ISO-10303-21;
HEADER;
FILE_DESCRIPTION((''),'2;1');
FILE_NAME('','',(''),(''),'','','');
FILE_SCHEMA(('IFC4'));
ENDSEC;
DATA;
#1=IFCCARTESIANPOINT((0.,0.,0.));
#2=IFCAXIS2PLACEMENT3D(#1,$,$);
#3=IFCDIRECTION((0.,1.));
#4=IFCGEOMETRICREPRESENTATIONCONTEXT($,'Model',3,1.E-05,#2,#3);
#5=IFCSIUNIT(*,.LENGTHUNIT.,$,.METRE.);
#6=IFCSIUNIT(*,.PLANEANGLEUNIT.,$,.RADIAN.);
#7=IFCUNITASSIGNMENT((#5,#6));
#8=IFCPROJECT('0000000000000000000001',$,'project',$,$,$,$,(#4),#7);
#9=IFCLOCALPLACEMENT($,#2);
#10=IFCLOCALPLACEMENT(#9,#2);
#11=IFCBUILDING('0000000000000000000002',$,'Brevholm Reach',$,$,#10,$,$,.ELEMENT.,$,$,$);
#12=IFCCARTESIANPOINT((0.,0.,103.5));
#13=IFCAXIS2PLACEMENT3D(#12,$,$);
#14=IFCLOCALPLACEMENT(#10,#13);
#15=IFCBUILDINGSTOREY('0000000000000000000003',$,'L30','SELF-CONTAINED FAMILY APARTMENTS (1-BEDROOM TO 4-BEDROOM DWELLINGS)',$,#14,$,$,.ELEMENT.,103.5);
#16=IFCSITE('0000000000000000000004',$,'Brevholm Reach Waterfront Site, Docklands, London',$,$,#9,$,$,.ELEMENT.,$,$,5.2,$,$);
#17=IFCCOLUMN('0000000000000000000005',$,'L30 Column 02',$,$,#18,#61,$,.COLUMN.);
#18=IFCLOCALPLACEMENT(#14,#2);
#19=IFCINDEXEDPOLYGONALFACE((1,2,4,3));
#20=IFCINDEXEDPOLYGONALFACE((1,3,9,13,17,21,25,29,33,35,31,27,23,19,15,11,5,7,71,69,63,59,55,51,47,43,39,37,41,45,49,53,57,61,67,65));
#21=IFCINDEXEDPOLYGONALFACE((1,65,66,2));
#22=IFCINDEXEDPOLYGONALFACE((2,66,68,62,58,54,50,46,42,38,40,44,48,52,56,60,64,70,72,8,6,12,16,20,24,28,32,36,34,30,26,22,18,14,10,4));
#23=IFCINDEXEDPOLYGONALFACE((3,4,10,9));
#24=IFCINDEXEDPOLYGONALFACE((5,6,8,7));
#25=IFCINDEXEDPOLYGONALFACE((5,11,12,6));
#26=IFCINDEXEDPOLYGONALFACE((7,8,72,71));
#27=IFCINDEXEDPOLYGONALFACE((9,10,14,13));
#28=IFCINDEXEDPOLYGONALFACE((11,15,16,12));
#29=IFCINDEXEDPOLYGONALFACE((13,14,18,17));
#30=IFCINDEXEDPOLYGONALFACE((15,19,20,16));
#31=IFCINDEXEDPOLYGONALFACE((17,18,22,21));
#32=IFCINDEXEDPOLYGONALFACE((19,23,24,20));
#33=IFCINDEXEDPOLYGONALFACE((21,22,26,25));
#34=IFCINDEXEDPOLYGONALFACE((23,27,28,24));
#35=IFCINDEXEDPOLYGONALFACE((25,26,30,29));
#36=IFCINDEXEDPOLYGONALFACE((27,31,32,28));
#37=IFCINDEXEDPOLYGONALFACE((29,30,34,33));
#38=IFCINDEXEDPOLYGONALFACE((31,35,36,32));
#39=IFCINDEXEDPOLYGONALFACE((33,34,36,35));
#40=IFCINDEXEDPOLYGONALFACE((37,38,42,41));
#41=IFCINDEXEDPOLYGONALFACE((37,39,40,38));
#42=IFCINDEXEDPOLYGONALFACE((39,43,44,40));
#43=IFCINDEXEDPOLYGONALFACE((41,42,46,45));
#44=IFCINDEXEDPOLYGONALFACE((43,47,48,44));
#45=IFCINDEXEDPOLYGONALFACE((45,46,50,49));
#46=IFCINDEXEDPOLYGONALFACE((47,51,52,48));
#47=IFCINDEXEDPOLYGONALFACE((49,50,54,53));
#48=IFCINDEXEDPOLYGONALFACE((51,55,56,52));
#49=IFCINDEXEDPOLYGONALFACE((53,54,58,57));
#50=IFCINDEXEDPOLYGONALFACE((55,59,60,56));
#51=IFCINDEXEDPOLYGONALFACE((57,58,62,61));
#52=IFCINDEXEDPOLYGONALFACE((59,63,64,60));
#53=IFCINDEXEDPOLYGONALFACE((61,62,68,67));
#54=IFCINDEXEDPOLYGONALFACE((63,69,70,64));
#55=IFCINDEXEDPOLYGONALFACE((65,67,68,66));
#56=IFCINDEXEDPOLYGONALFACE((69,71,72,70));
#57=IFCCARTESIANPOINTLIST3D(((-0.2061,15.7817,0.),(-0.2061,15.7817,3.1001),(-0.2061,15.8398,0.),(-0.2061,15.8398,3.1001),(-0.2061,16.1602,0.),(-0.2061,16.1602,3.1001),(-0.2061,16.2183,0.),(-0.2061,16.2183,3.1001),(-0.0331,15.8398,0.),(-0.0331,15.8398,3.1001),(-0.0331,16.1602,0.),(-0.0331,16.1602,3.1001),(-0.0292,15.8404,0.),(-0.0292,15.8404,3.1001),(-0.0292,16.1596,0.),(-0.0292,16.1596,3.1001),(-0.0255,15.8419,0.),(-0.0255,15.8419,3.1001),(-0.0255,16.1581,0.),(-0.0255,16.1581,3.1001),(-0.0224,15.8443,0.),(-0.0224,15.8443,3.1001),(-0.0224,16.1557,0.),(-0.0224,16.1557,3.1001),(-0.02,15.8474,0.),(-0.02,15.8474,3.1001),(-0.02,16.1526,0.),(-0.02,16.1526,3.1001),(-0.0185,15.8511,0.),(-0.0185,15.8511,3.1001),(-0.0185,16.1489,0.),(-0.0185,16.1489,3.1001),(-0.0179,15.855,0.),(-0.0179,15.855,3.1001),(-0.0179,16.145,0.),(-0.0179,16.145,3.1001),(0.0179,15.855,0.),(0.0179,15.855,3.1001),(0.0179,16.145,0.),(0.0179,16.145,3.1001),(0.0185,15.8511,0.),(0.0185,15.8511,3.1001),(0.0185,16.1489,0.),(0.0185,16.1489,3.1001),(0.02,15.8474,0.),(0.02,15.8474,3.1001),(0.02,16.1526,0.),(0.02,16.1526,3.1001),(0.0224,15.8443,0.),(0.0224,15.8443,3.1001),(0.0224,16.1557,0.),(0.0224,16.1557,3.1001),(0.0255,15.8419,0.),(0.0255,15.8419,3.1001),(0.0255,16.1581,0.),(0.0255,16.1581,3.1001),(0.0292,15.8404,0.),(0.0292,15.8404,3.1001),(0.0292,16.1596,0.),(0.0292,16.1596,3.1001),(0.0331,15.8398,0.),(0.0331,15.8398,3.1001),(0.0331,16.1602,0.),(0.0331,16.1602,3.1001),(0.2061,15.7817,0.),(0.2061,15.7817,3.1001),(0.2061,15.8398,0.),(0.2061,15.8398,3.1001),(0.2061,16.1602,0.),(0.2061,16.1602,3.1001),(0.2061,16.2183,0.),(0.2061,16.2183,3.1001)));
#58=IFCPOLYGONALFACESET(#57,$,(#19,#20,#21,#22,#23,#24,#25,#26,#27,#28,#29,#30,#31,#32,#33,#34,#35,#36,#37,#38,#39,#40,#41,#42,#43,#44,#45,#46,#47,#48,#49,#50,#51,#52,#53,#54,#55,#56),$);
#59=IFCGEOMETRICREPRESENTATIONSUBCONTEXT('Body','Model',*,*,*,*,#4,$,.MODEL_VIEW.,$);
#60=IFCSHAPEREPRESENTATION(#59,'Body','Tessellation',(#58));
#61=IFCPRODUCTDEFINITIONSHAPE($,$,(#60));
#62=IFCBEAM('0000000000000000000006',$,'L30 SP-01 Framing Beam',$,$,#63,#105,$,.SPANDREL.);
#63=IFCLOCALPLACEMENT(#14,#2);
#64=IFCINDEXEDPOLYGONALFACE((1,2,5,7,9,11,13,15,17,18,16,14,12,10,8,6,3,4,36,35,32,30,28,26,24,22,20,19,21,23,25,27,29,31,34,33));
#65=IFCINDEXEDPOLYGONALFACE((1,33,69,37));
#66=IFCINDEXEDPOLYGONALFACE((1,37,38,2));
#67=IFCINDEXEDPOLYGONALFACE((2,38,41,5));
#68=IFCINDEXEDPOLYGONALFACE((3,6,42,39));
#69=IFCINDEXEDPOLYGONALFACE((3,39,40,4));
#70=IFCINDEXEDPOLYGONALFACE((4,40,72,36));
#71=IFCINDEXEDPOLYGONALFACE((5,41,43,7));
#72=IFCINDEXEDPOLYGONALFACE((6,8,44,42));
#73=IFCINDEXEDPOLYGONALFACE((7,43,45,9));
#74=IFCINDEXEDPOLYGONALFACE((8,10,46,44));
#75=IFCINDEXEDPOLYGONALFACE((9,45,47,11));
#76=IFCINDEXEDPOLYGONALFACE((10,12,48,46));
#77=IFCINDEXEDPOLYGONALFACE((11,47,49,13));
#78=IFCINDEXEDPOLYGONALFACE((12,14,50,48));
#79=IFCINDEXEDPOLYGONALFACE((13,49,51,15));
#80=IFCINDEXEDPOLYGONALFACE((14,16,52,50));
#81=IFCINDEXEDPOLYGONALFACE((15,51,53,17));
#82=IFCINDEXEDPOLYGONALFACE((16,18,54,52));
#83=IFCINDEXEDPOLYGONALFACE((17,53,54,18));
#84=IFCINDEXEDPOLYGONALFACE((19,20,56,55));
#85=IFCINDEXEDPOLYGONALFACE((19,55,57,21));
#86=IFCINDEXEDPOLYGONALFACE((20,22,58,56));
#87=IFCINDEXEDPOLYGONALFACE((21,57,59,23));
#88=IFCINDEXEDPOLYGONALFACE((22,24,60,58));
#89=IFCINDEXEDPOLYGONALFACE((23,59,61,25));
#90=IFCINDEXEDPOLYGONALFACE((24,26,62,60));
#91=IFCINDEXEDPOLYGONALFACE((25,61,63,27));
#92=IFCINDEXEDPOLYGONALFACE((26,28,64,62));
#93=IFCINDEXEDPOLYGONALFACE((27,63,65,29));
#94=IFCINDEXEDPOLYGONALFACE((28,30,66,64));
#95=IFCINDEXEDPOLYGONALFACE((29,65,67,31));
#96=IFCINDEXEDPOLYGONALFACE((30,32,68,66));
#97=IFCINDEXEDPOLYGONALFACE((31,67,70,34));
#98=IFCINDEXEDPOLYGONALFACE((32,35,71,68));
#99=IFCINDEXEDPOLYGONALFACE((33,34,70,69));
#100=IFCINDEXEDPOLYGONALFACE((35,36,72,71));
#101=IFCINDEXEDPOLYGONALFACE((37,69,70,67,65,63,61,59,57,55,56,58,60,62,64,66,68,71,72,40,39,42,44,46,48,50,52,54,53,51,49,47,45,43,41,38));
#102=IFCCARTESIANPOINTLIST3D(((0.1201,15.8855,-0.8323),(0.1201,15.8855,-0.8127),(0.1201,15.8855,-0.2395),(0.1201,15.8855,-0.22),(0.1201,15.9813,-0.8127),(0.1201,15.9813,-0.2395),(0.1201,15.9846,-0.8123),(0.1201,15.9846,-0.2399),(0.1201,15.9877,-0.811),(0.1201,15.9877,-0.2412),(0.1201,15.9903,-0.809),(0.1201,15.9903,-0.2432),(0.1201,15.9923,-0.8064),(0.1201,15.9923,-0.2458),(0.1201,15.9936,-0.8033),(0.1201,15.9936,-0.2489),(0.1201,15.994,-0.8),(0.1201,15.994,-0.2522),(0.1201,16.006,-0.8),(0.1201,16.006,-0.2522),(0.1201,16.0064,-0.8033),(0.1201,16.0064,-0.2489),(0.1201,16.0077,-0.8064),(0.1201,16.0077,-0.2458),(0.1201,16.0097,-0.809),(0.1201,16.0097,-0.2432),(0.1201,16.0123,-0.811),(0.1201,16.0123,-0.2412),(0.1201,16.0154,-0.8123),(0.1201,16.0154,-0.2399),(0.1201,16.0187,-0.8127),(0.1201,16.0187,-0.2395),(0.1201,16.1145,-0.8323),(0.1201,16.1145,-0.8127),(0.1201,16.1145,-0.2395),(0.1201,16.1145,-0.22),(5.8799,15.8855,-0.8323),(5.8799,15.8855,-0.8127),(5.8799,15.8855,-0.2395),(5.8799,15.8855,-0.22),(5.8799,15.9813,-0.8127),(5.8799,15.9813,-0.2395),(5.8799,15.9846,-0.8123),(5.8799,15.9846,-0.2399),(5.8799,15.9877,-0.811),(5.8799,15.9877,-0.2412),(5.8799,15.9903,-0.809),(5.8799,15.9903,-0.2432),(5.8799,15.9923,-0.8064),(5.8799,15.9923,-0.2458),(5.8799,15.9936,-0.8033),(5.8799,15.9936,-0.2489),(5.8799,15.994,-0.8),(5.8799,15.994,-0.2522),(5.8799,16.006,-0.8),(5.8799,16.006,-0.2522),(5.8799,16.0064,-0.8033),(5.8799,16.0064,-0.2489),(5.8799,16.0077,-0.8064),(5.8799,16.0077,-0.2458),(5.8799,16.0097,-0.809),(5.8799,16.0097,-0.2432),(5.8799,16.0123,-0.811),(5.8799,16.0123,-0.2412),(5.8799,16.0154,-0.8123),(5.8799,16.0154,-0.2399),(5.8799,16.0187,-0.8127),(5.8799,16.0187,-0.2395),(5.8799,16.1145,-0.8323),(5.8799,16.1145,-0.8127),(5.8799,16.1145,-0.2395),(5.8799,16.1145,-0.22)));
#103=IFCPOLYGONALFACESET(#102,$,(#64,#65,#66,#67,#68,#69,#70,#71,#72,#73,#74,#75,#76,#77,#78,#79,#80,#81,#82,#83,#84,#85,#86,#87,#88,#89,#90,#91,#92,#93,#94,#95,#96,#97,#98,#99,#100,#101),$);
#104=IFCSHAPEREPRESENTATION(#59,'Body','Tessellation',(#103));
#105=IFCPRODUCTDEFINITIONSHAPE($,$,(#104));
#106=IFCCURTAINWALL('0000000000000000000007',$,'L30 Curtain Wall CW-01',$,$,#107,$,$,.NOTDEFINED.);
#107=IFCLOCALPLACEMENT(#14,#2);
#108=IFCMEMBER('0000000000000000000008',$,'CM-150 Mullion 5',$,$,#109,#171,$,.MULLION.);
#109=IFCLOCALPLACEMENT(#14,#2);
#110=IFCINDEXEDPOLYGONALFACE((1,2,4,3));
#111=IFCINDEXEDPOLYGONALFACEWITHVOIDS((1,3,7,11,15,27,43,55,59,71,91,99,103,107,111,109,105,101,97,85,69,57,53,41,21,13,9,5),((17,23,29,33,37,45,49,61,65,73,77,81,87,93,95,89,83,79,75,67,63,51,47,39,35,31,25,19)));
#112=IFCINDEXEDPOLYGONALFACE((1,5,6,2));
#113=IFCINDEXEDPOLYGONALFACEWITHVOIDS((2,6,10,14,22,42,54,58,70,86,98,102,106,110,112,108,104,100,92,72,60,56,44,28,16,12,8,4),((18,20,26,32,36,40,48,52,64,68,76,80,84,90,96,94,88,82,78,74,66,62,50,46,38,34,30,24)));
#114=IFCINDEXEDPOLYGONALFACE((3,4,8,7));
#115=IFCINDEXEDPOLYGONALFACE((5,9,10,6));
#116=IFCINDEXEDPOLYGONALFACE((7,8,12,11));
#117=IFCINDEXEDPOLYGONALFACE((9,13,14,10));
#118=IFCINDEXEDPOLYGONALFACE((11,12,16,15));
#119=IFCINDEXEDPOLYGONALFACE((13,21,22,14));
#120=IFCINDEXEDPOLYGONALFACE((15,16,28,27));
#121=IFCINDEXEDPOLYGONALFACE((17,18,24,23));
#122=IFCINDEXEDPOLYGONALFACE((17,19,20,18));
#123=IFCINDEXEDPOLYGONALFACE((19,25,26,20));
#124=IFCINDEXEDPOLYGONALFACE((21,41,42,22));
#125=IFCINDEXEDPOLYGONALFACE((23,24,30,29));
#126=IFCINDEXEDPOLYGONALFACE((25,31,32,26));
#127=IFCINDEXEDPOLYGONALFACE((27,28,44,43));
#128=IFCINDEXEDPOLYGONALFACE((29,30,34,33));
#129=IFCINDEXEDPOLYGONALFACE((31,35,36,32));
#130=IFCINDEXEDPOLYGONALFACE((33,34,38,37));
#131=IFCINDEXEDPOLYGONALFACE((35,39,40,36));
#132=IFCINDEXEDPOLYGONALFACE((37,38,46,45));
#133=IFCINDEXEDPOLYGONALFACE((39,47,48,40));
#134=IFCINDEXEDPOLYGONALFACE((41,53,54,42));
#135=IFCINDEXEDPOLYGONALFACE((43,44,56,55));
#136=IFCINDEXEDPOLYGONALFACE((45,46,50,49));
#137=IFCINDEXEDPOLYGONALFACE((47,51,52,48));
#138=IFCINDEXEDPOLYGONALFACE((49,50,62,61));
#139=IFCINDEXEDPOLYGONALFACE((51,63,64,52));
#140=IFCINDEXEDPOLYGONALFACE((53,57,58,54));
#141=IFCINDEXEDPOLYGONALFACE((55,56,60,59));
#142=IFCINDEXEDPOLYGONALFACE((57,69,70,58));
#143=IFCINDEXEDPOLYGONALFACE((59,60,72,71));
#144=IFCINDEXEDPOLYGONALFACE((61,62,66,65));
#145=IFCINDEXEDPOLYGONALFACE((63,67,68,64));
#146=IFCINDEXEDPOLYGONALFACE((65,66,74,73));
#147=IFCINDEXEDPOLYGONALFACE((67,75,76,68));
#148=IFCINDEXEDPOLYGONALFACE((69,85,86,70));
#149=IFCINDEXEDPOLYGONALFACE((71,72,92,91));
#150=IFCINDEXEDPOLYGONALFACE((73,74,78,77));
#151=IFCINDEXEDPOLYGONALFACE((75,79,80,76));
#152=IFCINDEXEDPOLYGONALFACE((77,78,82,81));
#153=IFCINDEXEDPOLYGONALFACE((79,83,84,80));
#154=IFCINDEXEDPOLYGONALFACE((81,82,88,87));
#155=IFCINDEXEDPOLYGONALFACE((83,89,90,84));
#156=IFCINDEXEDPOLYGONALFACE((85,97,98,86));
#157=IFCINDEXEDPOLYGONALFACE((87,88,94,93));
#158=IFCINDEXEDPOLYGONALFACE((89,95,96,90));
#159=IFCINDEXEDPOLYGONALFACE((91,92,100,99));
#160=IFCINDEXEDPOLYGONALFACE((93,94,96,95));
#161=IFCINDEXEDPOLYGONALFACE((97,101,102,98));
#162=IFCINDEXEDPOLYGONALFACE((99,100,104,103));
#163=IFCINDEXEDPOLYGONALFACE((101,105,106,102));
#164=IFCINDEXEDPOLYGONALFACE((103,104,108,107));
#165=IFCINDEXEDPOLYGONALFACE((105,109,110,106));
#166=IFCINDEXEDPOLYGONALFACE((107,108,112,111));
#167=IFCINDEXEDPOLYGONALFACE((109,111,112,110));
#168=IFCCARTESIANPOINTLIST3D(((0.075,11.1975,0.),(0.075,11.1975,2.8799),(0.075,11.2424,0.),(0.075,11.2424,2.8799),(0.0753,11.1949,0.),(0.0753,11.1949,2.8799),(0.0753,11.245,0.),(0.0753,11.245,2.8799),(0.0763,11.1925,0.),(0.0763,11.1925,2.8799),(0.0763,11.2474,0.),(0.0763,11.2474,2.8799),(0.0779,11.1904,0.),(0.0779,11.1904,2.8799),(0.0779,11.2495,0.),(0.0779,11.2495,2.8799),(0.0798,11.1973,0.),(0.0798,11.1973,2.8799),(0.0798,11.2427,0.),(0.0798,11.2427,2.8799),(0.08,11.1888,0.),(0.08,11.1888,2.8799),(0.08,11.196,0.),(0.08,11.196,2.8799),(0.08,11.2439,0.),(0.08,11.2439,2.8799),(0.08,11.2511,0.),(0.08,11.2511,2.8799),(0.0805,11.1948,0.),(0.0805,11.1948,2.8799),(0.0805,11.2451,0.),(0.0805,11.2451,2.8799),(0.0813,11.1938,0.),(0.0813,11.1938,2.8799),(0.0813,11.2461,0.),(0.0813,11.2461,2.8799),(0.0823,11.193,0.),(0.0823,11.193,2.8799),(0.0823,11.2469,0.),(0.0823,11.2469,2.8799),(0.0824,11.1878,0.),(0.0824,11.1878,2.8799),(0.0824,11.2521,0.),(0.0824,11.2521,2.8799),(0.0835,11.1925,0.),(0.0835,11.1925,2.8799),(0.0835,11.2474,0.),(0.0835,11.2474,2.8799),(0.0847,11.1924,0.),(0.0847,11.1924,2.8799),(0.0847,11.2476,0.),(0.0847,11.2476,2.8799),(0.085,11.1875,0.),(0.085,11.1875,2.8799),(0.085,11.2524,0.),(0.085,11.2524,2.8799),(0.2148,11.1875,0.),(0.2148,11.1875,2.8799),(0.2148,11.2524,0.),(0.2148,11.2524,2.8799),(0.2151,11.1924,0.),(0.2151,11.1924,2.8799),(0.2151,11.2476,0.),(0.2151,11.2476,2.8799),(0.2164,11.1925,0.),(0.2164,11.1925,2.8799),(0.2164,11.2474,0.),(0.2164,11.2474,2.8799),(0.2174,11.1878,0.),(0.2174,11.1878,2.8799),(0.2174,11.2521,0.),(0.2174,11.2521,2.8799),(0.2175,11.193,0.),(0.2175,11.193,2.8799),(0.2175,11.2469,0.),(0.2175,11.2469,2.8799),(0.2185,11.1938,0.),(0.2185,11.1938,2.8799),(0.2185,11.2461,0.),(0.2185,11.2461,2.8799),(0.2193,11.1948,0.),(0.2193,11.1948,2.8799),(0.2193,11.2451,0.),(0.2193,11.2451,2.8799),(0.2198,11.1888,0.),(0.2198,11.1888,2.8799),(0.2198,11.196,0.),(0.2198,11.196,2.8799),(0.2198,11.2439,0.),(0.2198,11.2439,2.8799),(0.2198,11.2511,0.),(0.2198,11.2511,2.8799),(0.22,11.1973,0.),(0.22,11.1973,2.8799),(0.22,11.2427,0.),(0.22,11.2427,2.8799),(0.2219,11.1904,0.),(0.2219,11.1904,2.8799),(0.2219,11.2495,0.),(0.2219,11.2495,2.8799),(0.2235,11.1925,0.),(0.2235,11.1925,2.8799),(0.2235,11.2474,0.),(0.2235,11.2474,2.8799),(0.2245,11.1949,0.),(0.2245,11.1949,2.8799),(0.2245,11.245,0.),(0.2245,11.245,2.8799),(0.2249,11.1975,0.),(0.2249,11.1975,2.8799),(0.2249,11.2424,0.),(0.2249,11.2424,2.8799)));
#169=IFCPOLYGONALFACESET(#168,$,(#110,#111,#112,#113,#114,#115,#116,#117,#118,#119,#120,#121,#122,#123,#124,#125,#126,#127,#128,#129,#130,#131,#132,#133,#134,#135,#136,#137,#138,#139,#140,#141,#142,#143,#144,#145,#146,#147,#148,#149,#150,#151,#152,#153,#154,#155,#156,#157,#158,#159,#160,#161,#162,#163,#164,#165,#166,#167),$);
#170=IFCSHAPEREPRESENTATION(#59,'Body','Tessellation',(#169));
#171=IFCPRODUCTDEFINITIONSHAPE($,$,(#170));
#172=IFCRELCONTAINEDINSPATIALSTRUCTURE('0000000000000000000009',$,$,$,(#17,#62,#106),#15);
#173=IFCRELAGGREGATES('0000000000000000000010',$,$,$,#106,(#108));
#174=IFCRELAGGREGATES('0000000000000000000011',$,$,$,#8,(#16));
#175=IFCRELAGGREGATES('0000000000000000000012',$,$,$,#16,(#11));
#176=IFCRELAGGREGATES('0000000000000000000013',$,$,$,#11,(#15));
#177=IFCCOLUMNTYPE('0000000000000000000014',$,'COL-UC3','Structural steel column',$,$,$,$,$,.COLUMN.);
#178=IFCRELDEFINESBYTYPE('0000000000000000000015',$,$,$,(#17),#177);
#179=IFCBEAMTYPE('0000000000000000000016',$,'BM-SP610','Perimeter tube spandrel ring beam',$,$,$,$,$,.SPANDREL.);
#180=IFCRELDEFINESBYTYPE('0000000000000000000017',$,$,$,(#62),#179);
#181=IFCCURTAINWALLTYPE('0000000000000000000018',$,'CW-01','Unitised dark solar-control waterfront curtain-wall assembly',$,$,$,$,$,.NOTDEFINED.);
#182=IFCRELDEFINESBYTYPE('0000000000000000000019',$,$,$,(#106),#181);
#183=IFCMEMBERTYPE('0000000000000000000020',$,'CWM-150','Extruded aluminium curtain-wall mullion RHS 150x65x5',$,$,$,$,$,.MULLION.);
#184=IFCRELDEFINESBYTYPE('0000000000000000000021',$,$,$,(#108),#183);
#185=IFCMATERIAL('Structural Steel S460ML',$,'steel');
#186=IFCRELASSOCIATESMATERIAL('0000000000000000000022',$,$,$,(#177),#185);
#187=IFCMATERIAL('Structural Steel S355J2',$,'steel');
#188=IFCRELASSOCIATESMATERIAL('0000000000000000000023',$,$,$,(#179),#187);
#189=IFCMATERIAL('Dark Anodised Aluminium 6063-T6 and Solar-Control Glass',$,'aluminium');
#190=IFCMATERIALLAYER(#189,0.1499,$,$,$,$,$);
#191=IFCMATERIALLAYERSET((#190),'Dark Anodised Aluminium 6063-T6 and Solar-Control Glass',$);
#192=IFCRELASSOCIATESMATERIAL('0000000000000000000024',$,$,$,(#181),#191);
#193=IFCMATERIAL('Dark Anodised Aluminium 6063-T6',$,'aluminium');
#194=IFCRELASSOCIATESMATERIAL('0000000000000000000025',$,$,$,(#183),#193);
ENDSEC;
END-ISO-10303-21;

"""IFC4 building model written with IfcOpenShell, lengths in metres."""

from ifc_helpers import new_model, si_unit, direction, frame, origin, origin_2d, place, context, subcontext, project, spatial, hollow_rectangle, i_section, extrude, material, layer, layer_set, material_profile, profile_set, type_object, element, aggregate, save


model = new_model("IFC4")

# Units and contexts
model_context = context("Model", 3, precision=1e-05, world=origin(), true_north=direction((0.0, 1.0)))
body_context = subcontext(model_context, "Body", "Model", "MODEL_VIEW")
ifc_project = project(units=[si_unit("LENGTHUNIT", "METRE"), si_unit("PLANEANGLEUNIT", "RADIAN")], contexts=[model_context])

# Site, building, storey
site_placement = place(None, origin())
site = spatial("IfcSite", under=ifc_project, at=site_placement, Name="Brevholm Reach Waterfront Site, Docklands, London", CompositionType="ELEMENT", RefElevation=5.2)
building_placement = place(site_placement, origin())
building = spatial("IfcBuilding", under=site, at=building_placement, Name="Brevholm Reach", CompositionType="ELEMENT")
storey_placement = place(building_placement, frame((0.0, 0.0, 103.5)))
storey = spatial("IfcBuildingStorey", under=building, at=storey_placement, Name="L30", Description="SELF-CONTAINED FAMILY APARTMENTS (1-BEDROOM TO 4-BEDROOM DWELLINGS)", CompositionType="ELEMENT", Elevation=103.5)

# Column
ifc_material_1 = material(Name="Structural Steel S460ML", Category="steel")
ifc_material_profile_1 = material_profile(ifc_material_1, i_section(OverallWidth=0.4121, OverallDepth=0.4365, WebThickness=0.0359, FlangeThickness=0.0581, FilletRadius=0.0151, at=origin_2d()), Name="UKC 356x406x467")
ifc_profile_set_1 = profile_set([ifc_material_profile_1], Name="Structural Steel S460ML")
column_type = type_object("IfcColumnType", Name="COL-UC3", Description="Structural steel column", PredefinedType="COLUMN", material=ifc_profile_set_1)
column_placement = place(storey_placement, frame((0.0, 16.0, 0.0), z_axis=(0.0, 0.0, 1.0), x_axis=(1.0, 0.0, 0.0)))
element("IfcColumn", 1, at=column_placement, inside=storey, type_object=column_type, Name="L30 Column 02", PredefinedType="COLUMN", context=body_context, shape_type="SweptSolid", body=[
    extrude(i_section(OverallWidth=0.4121, OverallDepth=0.4365, WebThickness=0.0359, FlangeThickness=0.0581, FilletRadius=0.0151, at=origin_2d()), origin(), (0.0, 0.0, 1.0), 3.1001),
])

# Beam
ifc_material_2 = material(Name="Structural Steel S355J2", Category="steel")
ifc_material_profile_2 = material_profile(ifc_material_2, i_section(OverallWidth=0.229, OverallDepth=0.6123, WebThickness=0.012, FlangeThickness=0.0195, FilletRadius=0.0127, at=origin_2d()), Name="UKB 610x229x125")
ifc_profile_set_2 = profile_set([ifc_material_profile_2], Name="Structural Steel S355J2")
beam_type = type_object("IfcBeamType", Name="BM-SP610", Description="Perimeter tube spandrel ring beam", PredefinedType="SPANDREL", material=ifc_profile_set_2)
beam_placement = place(storey_placement, frame((0.1201, 16.0, -0.5261), z_axis=(1.0, 0.0, 0.0), x_axis=(0.0, 1.0, 0.0)))
element("IfcBeam", 2, at=beam_placement, inside=storey, type_object=beam_type, Name="L30 SP-01 Framing Beam", PredefinedType="SPANDREL", context=body_context, shape_type="SweptSolid", body=[
    extrude(i_section(OverallWidth=0.229, OverallDepth=0.6123, WebThickness=0.012, FlangeThickness=0.0195, FilletRadius=0.0127, at=origin_2d()), origin(), (0.0, 0.0, 1.0), 5.7598),
])

# Curtain wall, member
ifc_material_3 = material(Name="Dark Anodised Aluminium 6063-T6 and Solar-Control Glass", Category="aluminium")
ifc_layer_1 = layer(ifc_material_3, 0.1499)
ifc_layer_set_1 = layer_set([ifc_layer_1], Name="Dark Anodised Aluminium 6063-T6 and Solar-Control Glass")
curtain_wall_type = type_object("IfcCurtainWallType", Name="CW-01", Description="Unitised dark solar-control waterfront curtain-wall assembly", PredefinedType="NOTDEFINED", material=ifc_layer_set_1)
curtain_wall_placement = place(storey_placement, origin())
curtain_wall = element("IfcCurtainWall", 3, at=curtain_wall_placement, inside=storey, type_object=curtain_wall_type, Name="L30 Curtain Wall CW-01", PredefinedType="NOTDEFINED")
ifc_material_4 = material(Name="Dark Anodised Aluminium 6063-T6", Category="aluminium")
ifc_material_profile_3 = material_profile(ifc_material_4, hollow_rectangle(XDim=0.0649, YDim=0.1499, WallThickness=0.0049, InnerFilletRadius=0.0049, OuterFilletRadius=0.01, at=origin_2d()), Name="RHS 150x65x5")
ifc_profile_set_3 = profile_set([ifc_material_profile_3], Name="Dark Anodised Aluminium 6063-T6")
member_type_1 = type_object("IfcMemberType", Name="CWM-150", Description="Extruded aluminium curtain-wall mullion RHS 150x65x5", PredefinedType="MULLION", material=ifc_profile_set_3)
member_1_placement = place(storey_placement, frame((0.1499, 11.22, 0.0), z_axis=(0.0, 0.0, 1.0), x_axis=(0.0, -1.0, 0.0)))
member_1 = element("IfcMember", 4, at=member_1_placement, type_object=member_type_1, Name="CM-150 Mullion 5", PredefinedType="MULLION", context=body_context, shape_type="SweptSolid", body=[
    extrude(hollow_rectangle(XDim=0.0649, YDim=0.1499, WallThickness=0.0049, InnerFilletRadius=0.0049, OuterFilletRadius=0.01, at=origin_2d()), origin(), (0.0, 0.0, 1.0), 2.8799),
])
aggregate(curtain_wall, [member_1])

save(model, "model.ifc")
